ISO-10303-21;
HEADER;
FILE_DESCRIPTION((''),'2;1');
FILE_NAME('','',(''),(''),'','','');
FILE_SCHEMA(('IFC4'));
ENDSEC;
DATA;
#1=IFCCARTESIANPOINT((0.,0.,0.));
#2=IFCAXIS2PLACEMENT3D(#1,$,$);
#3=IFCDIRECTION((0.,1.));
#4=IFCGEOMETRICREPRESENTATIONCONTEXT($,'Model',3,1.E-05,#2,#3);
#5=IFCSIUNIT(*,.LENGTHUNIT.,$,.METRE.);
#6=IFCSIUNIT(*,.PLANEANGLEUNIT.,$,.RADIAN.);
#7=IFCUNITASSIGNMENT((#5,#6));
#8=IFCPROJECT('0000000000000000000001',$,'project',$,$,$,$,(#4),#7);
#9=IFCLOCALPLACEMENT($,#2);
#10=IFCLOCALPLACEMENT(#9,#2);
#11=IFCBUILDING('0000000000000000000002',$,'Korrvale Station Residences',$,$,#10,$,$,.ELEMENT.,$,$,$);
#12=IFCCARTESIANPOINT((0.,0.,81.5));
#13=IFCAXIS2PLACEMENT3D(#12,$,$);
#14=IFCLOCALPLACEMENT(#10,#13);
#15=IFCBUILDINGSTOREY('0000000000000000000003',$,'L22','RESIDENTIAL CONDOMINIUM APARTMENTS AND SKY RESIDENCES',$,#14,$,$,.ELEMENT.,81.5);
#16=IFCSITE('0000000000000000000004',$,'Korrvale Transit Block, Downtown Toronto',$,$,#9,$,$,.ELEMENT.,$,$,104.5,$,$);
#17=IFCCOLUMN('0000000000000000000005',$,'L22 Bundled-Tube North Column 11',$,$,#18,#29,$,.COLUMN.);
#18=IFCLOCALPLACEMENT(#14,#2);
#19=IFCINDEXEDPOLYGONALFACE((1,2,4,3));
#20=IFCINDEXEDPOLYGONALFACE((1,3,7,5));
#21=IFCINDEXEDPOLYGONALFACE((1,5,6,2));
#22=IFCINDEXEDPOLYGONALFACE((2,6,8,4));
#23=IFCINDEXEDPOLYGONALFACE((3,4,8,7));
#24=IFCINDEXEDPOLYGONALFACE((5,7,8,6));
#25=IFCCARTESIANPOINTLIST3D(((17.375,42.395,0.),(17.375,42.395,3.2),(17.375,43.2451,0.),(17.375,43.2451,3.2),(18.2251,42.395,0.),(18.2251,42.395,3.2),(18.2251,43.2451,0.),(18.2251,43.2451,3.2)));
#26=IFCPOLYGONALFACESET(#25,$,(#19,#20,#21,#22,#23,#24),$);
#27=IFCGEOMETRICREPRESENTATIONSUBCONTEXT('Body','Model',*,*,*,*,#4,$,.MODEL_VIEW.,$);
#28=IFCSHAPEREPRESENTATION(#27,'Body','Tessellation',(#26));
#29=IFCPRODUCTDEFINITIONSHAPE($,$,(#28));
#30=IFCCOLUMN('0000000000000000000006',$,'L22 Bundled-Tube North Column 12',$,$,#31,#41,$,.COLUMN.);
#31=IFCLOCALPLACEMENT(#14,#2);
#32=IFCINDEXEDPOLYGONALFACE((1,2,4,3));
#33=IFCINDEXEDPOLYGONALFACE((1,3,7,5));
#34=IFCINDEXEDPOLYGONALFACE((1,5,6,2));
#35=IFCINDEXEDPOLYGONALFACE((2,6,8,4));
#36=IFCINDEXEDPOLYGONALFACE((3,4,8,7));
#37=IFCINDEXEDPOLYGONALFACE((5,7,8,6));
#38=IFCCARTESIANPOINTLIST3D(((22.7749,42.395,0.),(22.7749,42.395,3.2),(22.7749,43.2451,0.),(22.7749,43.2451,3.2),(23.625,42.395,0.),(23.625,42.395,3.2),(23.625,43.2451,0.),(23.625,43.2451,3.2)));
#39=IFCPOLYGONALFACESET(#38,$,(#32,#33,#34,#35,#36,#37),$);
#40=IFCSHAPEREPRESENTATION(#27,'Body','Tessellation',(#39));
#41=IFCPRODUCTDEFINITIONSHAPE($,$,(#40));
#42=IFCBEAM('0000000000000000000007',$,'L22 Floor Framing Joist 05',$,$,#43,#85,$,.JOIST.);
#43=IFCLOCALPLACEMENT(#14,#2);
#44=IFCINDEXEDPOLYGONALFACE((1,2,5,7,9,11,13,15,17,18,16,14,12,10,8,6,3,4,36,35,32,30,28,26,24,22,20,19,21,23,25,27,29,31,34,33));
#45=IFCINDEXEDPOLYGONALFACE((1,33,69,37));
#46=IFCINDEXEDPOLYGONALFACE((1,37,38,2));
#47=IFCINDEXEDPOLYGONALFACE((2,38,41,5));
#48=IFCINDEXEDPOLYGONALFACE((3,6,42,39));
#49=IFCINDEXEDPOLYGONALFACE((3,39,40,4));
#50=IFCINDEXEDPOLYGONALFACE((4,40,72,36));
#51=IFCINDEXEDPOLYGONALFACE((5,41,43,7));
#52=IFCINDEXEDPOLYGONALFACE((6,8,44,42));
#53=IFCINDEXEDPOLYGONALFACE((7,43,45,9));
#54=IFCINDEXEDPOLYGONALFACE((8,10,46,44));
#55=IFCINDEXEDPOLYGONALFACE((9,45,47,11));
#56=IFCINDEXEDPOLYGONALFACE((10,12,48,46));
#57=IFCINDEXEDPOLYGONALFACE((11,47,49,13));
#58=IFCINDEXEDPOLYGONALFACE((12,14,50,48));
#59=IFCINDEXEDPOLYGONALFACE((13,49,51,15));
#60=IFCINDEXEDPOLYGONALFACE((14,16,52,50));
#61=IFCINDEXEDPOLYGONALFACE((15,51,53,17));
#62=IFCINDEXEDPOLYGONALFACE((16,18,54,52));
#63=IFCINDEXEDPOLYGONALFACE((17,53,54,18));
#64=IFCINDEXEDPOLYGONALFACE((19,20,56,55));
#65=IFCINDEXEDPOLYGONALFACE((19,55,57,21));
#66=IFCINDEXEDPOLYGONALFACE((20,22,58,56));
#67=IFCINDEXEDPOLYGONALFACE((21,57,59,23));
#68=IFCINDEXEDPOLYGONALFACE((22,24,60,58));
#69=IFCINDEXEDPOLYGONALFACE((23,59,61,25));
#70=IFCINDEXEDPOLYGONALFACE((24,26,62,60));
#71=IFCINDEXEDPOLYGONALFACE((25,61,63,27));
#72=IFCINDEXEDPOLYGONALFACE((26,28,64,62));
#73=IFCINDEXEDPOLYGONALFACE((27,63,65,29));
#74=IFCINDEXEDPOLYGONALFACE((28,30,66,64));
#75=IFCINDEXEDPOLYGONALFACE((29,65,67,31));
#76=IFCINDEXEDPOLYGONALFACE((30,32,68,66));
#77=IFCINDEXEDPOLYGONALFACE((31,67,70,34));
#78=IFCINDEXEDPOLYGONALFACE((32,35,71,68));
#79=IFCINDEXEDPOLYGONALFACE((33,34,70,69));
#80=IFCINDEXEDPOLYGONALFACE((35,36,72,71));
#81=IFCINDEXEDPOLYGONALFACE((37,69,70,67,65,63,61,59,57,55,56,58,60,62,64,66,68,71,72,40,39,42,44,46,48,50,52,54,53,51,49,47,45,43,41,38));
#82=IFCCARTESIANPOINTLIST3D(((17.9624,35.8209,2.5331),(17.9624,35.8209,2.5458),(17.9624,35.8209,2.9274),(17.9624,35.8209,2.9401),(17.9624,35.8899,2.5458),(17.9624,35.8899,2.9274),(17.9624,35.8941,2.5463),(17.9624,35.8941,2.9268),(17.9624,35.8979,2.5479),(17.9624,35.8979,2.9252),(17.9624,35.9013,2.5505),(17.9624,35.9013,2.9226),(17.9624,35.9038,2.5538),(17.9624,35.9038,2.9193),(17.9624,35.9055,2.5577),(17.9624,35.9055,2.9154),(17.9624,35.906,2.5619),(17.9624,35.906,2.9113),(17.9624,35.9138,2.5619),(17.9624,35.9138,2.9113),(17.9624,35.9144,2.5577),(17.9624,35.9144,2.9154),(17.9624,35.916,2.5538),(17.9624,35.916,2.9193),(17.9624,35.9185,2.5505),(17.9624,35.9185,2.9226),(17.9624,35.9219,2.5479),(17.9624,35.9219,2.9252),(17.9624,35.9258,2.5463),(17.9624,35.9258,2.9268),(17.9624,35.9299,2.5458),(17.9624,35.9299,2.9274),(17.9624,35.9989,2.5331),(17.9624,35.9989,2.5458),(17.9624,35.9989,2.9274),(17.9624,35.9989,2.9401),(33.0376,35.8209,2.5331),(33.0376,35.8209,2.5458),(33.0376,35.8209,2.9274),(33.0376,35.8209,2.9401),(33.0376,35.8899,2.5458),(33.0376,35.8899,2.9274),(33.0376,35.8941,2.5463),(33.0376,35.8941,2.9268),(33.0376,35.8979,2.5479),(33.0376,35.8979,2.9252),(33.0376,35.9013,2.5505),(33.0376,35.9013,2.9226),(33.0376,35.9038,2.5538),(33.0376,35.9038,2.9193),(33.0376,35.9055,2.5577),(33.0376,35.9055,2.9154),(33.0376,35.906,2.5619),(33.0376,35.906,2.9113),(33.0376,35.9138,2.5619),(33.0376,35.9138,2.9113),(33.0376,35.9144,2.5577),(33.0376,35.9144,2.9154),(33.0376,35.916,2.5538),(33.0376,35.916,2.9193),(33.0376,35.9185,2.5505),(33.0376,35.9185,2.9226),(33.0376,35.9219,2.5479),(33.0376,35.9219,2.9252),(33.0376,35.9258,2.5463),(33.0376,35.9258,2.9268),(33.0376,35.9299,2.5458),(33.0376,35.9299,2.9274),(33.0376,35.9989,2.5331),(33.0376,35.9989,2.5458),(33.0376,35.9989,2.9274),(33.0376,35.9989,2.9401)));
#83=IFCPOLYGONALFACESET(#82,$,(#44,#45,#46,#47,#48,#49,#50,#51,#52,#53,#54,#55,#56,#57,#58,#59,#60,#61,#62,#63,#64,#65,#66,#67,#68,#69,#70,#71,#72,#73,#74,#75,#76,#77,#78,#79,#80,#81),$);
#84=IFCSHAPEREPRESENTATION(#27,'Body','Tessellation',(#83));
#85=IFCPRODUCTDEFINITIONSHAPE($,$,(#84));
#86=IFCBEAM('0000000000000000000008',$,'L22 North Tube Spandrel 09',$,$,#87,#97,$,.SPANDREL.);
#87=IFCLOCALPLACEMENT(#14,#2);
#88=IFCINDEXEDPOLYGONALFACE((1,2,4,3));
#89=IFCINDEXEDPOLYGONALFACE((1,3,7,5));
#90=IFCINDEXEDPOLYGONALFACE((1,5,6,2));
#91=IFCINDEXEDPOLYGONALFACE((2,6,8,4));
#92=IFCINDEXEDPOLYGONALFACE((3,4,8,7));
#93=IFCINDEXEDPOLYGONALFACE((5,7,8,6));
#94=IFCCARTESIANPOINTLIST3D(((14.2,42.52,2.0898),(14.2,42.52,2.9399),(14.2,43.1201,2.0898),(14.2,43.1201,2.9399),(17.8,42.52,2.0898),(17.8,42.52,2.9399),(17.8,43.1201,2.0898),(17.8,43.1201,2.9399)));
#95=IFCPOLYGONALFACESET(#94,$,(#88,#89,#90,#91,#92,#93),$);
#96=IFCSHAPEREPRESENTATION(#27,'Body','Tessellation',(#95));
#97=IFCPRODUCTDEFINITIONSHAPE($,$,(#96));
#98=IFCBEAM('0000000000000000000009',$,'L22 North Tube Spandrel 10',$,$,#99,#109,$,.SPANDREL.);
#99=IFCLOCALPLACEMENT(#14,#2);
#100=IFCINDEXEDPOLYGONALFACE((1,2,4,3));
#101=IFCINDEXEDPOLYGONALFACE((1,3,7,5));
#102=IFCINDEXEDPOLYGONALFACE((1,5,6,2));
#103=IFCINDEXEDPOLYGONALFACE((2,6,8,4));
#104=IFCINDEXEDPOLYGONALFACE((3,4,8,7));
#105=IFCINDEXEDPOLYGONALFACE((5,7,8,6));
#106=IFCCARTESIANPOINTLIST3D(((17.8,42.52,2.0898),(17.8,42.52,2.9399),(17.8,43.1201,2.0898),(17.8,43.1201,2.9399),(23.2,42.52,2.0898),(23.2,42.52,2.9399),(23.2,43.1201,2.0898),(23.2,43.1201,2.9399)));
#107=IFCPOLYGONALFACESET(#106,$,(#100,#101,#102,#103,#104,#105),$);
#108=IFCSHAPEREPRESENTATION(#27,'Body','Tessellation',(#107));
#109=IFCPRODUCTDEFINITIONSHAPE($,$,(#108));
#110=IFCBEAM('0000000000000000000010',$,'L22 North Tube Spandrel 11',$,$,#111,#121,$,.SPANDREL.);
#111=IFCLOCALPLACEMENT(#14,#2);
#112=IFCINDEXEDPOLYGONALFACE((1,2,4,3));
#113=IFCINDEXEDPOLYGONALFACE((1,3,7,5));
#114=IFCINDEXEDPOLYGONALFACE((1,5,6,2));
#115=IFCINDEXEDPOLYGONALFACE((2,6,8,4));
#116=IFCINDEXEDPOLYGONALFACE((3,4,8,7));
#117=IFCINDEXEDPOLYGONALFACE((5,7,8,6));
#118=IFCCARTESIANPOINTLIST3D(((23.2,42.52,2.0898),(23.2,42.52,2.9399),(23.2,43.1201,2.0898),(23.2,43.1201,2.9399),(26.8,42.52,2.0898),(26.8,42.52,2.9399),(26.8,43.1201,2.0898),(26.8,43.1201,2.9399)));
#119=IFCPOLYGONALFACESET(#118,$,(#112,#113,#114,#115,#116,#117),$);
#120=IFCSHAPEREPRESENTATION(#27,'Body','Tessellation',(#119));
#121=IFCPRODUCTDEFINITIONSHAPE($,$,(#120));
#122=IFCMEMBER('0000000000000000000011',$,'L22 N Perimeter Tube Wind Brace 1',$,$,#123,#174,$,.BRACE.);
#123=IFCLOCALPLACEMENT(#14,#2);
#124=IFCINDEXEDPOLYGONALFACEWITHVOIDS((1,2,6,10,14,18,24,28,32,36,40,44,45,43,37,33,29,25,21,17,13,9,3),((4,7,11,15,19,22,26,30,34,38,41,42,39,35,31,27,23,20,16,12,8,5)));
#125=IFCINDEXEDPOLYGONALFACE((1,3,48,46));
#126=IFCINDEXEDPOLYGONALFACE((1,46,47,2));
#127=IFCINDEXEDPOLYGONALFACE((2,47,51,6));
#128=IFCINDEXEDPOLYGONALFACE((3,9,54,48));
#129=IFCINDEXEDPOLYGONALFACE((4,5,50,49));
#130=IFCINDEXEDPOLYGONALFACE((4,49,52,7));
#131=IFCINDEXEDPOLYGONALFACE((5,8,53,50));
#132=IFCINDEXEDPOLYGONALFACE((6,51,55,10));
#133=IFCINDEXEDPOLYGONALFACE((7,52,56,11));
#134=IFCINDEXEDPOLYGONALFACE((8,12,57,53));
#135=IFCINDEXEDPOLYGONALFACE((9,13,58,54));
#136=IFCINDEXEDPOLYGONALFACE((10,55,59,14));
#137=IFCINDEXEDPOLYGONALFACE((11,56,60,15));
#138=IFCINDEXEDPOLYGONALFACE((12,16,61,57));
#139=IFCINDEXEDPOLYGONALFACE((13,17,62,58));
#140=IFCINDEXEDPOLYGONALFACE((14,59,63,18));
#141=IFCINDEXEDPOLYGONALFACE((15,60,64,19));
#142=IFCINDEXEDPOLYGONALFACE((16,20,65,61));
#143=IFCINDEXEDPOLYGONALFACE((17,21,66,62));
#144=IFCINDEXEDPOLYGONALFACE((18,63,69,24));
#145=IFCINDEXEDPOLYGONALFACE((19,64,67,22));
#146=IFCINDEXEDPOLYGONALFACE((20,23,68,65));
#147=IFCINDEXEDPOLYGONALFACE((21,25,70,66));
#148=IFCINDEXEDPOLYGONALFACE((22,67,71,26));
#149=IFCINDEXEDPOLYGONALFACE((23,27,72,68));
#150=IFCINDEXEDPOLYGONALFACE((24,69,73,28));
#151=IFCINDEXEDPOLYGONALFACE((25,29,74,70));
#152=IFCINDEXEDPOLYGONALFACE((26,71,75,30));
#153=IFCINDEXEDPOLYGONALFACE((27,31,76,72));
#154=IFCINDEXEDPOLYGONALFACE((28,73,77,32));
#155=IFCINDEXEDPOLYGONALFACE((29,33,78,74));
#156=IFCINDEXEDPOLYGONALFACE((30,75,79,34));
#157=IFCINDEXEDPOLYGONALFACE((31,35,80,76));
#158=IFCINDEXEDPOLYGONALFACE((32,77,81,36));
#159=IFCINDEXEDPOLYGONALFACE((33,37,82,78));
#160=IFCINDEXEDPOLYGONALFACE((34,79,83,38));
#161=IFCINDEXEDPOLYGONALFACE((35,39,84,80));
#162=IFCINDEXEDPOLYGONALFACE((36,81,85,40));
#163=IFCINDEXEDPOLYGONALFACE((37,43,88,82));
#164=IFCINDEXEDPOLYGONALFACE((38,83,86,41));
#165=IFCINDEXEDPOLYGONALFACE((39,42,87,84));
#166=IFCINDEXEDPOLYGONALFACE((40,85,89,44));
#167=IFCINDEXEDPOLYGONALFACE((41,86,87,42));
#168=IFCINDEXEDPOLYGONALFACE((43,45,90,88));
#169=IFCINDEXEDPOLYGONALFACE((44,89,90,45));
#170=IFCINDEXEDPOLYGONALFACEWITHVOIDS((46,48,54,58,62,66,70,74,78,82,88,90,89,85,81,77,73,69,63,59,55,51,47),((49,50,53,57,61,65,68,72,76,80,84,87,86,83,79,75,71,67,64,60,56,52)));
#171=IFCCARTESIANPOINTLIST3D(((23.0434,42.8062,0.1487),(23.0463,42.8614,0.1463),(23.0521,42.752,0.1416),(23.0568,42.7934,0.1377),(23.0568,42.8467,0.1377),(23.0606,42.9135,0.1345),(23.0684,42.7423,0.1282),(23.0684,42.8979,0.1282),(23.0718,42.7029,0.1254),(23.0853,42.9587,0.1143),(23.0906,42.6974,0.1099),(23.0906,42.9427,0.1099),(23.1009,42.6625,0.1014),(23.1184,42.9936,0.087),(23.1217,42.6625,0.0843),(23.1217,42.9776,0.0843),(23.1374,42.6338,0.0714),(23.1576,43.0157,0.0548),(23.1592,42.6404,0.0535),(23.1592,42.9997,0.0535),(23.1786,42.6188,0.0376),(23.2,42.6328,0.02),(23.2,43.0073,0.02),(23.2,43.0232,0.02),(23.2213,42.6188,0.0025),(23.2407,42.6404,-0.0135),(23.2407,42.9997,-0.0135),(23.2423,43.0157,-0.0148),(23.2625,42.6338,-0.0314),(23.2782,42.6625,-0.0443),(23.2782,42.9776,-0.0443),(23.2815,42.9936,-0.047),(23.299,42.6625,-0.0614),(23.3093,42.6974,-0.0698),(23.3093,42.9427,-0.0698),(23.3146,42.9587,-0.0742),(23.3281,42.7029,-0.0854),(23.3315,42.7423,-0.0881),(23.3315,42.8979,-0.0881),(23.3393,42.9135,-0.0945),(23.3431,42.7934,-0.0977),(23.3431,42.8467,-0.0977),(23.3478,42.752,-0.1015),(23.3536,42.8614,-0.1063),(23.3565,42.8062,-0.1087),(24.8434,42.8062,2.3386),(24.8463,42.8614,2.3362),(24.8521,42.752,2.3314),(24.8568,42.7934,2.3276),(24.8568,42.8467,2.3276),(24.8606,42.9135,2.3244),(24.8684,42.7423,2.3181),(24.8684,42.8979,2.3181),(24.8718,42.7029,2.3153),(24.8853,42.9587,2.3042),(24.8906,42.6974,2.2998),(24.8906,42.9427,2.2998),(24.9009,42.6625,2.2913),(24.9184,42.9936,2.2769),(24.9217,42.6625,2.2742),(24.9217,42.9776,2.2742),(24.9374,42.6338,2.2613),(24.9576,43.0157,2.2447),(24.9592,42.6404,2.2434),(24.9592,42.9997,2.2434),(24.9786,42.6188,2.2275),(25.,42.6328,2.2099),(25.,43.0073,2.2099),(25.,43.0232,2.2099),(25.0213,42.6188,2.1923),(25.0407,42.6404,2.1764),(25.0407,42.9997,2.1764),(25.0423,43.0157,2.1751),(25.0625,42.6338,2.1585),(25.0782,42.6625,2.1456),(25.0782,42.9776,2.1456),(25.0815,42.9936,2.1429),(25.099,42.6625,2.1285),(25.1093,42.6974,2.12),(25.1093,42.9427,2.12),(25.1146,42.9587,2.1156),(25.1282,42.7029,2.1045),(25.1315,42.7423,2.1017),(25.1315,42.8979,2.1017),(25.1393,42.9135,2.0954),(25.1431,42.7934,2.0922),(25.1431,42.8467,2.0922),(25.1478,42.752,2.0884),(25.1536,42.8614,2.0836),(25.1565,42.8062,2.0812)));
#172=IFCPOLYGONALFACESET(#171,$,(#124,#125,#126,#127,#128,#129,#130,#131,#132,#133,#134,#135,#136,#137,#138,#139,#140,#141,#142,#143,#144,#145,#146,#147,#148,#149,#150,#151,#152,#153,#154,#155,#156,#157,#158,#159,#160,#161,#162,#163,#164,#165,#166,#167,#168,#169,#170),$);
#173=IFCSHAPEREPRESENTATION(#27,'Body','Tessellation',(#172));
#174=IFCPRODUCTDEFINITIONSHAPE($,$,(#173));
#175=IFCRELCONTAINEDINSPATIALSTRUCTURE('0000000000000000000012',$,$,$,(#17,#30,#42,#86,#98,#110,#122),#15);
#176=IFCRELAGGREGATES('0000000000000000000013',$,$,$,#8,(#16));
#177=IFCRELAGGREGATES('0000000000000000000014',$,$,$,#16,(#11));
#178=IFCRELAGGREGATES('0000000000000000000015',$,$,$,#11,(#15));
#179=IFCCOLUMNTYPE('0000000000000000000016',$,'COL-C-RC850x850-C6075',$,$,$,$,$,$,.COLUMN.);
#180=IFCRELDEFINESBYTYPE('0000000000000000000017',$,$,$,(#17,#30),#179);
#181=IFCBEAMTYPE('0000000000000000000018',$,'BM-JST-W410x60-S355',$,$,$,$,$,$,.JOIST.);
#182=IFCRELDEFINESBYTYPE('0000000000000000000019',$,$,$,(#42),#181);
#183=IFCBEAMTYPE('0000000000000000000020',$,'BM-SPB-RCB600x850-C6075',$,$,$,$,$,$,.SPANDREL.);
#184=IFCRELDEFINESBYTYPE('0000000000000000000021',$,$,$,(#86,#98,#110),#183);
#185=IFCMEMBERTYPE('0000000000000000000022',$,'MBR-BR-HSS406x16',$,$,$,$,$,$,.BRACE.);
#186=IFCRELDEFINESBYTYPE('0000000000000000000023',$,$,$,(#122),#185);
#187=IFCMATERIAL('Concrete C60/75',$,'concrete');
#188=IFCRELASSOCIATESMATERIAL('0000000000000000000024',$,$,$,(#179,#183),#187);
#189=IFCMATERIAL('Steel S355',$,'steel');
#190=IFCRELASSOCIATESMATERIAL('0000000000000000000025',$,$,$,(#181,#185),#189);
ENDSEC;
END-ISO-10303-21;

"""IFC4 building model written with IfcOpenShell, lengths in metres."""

from ifc_helpers import new_model, si_unit, direction, frame, origin, origin_2d, place, context, subcontext, project, spatial, rectangle, hollow_circle, i_section, extrude, material, material_profile, profile_set, type_object, element, save


model = new_model("IFC4")

# Units and contexts
model_context = context("Model", 3, precision=1e-05, world=origin(), true_north=direction((0.0, 1.0)))
body_context = subcontext(model_context, "Body", "Model", "MODEL_VIEW")
ifc_project = project(units=[si_unit("LENGTHUNIT", "METRE"), si_unit("PLANEANGLEUNIT", "RADIAN")], contexts=[model_context])

# Site, building, storey
site_placement = place(None, origin())
site = spatial("IfcSite", under=ifc_project, at=site_placement, Name="Korrvale Transit Block, Downtown Toronto", CompositionType="ELEMENT", RefElevation=104.5)
building_placement = place(site_placement, origin())
building = spatial("IfcBuilding", under=site, at=building_placement, Name="Korrvale Station Residences", CompositionType="ELEMENT")
storey_placement = place(building_placement, frame((0.0, 0.0, 81.5)))
storey = spatial("IfcBuildingStorey", under=building, at=storey_placement, Name="L22", Description="RESIDENTIAL CONDOMINIUM APARTMENTS AND SKY RESIDENCES", CompositionType="ELEMENT", Elevation=81.5)

# Columns
ifc_material_1 = material(Name="Concrete C60/75", Category="concrete")
ifc_material_profile_1 = material_profile(ifc_material_1, rectangle(XDim=0.8501, YDim=0.8501, at=origin_2d()), Name="RC850x850")
ifc_profile_set_1 = profile_set([ifc_material_profile_1], Name="Concrete C60/75")
column_type = type_object("IfcColumnType", Name="COL-C-RC850x850-C6075", PredefinedType="COLUMN", material=ifc_profile_set_1)
for number, where, z_axis, x_axis, name in (
    (1, (17.8, 42.8201, 0.0), (0.0, 0.0, 1.0), (1.0, 0.0, 0.0), "L22 Bundled-Tube North Column 11"),
    (2, (23.2, 42.8201, 0.0), (0.0, 0.0, 1.0), (1.0, 0.0, 0.0), "L22 Bundled-Tube North Column 12"),
):
    element("IfcColumn", number, at=place(storey_placement, frame(where, z_axis=z_axis, x_axis=x_axis)), inside=storey, type_object=column_type, Name=name, PredefinedType="COLUMN", context=body_context, shape_type="SweptSolid", body=[
        extrude(rectangle(XDim=0.8501, YDim=0.8501, at=origin_2d()), origin(), (0.0, 0.0, 1.0), 3.2),
    ])

# Beams
ifc_material_2 = material(Name="Steel S355", Category="steel")
ifc_material_profile_2 = material_profile(ifc_material_2, i_section(OverallWidth=0.178, OverallDepth=0.407, WebThickness=0.0078, FlangeThickness=0.0127, FilletRadius=0.0161, at=origin_2d()), Name="W410x60")
ifc_profile_set_2 = profile_set([ifc_material_profile_2], Name="Steel S355")
beam_type_1 = type_object("IfcBeamType", Name="BM-JST-W410x60-S355", PredefinedType="JOIST", material=ifc_profile_set_2)
beam_1_placement = place(storey_placement, frame((17.9624, 35.9099, 2.7366), z_axis=(1.0, 0.0, 0.0), x_axis=(0.0, 1.0, 0.0)))
element("IfcBeam", 3, at=beam_1_placement, inside=storey, type_object=beam_type_1, Name="L22 Floor Framing Joist 05", PredefinedType="JOIST", context=body_context, shape_type="SweptSolid", body=[
    extrude(i_section(OverallWidth=0.178, OverallDepth=0.407, WebThickness=0.0078, FlangeThickness=0.0127, FilletRadius=0.0161, at=origin_2d()), origin(), (0.0, 0.0, 1.0), 15.0752),
])
ifc_material_profile_3 = material_profile(ifc_material_1, rectangle(XDim=0.6001, YDim=0.8501, at=origin_2d()), Name="RCB600x850")
ifc_profile_set_3 = profile_set([ifc_material_profile_3], Name="Concrete C60/75")
beam_type_2 = type_object("IfcBeamType", Name="BM-SPB-RCB600x850-C6075", PredefinedType="SPANDREL", material=ifc_profile_set_3)
beam_2_placement = place(storey_placement, frame((14.2, 42.8201, 2.5149), z_axis=(1.0, 0.0, 0.0), x_axis=(0.0, 1.0, 0.0)))
element("IfcBeam", 4, at=beam_2_placement, inside=storey, type_object=beam_type_2, Name="L22 North Tube Spandrel 09", PredefinedType="SPANDREL", context=body_context, shape_type="SweptSolid", body=[
    extrude(rectangle(XDim=0.6001, YDim=0.8501, at=origin_2d()), origin(), (0.0, 0.0, 1.0), 3.6001),
])
beam_3_placement = place(storey_placement, frame((17.8, 42.8201, 2.5149), z_axis=(1.0, 0.0, 0.0), x_axis=(0.0, 1.0, 0.0)))
element("IfcBeam", 5, at=beam_3_placement, inside=storey, type_object=beam_type_2, Name="L22 North Tube Spandrel 10", PredefinedType="SPANDREL", context=body_context, shape_type="SweptSolid", body=[
    extrude(rectangle(XDim=0.6001, YDim=0.8501, at=origin_2d()), origin(), (0.0, 0.0, 1.0), 5.3999),
])
beam_4_placement = place(storey_placement, frame((23.2, 42.8201, 2.5149), z_axis=(1.0, 0.0, 0.0), x_axis=(0.0, 1.0, 0.0)))
element("IfcBeam", 6, at=beam_4_placement, inside=storey, type_object=beam_type_2, Name="L22 North Tube Spandrel 11", PredefinedType="SPANDREL", context=body_context, shape_type="SweptSolid", body=[
    extrude(rectangle(XDim=0.6001, YDim=0.8501, at=origin_2d()), origin(), (0.0, 0.0, 1.0), 3.6001),
])

# Member
ifc_material_profile_4 = material_profile(ifc_material_2, hollow_circle(Radius=0.2031, WallThickness=0.0159, at=origin_2d()), Name="HSS406x16")
ifc_profile_set_4 = profile_set([ifc_material_profile_4], Name="Steel S355")
member_type = type_object("IfcMemberType", Name="MBR-BR-HSS406x16", PredefinedType="BRACE", material=ifc_profile_set_4)
member_placement = place(storey_placement, frame((23.2, 42.8201, 0.02), z_axis=(0.634985, 0.0, 0.772524), x_axis=(0.0, 1.0, 0.0)))
element("IfcMember", 7, at=member_placement, inside=storey, type_object=member_type, Name="L22 N Perimeter Tube Wind Brace 1", PredefinedType="BRACE", context=body_context, shape_type="SweptSolid", body=[
    extrude(hollow_circle(Radius=0.2031, WallThickness=0.0159, at=origin_2d()), origin(), (0.0, 0.0, 1.0), 2.8347),
])

save(model, "model.ifc")
